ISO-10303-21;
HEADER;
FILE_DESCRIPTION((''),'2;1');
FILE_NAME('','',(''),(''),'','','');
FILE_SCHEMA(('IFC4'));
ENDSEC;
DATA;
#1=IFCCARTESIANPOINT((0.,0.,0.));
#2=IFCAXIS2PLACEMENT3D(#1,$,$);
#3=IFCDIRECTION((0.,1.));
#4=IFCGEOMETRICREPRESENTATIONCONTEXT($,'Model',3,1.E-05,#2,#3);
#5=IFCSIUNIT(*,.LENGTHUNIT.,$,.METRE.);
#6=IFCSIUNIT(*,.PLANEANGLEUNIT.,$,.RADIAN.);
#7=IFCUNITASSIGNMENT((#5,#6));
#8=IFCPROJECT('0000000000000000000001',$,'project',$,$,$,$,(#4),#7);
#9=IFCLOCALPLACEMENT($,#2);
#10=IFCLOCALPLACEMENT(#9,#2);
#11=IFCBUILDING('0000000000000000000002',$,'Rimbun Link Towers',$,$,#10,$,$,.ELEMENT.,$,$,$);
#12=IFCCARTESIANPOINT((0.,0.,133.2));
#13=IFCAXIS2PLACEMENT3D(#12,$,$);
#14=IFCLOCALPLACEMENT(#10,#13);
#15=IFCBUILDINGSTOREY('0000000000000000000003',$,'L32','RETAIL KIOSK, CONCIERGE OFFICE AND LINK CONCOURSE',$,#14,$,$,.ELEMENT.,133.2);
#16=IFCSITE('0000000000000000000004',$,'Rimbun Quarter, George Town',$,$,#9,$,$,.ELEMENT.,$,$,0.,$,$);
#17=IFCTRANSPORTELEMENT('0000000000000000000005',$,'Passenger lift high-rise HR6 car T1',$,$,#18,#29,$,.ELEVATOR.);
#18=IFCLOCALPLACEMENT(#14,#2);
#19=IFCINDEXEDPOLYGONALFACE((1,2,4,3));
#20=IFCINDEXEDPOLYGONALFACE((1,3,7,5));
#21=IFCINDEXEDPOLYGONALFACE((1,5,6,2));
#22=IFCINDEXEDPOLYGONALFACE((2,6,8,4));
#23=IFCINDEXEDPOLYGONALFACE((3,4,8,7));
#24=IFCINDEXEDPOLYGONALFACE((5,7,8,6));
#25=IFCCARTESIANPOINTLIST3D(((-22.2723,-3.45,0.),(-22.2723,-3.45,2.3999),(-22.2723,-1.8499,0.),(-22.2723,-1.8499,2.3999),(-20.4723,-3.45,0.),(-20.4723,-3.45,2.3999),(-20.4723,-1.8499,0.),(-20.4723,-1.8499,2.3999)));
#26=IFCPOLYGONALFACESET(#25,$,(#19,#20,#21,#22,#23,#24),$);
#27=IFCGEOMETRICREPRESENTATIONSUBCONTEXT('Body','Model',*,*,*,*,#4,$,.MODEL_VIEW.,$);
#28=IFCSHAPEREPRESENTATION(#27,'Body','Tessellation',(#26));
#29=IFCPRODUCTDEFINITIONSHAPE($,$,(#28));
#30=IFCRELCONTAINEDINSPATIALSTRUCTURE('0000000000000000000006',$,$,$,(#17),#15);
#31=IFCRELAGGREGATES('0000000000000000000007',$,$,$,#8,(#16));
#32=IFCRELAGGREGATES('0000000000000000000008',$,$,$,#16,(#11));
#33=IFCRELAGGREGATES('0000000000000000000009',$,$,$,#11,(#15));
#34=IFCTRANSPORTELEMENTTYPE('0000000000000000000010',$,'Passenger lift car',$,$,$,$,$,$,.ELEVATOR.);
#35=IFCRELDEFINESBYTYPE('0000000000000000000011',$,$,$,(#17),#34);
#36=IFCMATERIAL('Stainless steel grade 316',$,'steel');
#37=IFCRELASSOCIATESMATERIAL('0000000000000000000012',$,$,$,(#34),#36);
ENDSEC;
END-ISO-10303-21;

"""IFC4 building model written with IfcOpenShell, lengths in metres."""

from ifc_helpers import new_model, si_unit, direction, frame, origin, origin_2d, place, context, subcontext, project, spatial, rectangle, extrude, material, type_object, element, save


model = new_model("IFC4")

# Units and contexts
model_context = context("Model", 3, precision=1e-05, world=origin(), true_north=direction((0.0, 1.0)))
body_context = subcontext(model_context, "Body", "Model", "MODEL_VIEW")
ifc_project = project(units=[si_unit("LENGTHUNIT", "METRE"), si_unit("PLANEANGLEUNIT", "RADIAN")], contexts=[model_context])

# Site, building, storey
site_placement = place(None, origin())
site = spatial("IfcSite", under=ifc_project, at=site_placement, Name="Rimbun Quarter, George Town", CompositionType="ELEMENT", RefElevation=0.0)
building_placement = place(site_placement, origin())
building = spatial("IfcBuilding", under=site, at=building_placement, Name="Rimbun Link Towers", CompositionType="ELEMENT")
storey_placement = place(building_placement, frame((0.0, 0.0, 133.2)))
storey = spatial("IfcBuildingStorey", under=building, at=storey_placement, Name="L32", Description="RETAIL KIOSK, CONCIERGE OFFICE AND LINK CONCOURSE", CompositionType="ELEMENT", Elevation=133.2)

# Transport element
ifc_material_1 = material(Name="Stainless steel grade 316", Category="steel")
transport_element_type = type_object("IfcTransportElementType", Name="Passenger lift car", PredefinedType="ELEVATOR", material=ifc_material_1)
for number, where, z_axis, x_axis, name in (
    (1, (-21.3723, -2.6499, 0.0), (0.0, 0.0, 1.0), (1.0, 0.0, 0.0), "Passenger lift high-rise HR6 car T1"),
):
    element("IfcTransportElement", number, at=place(storey_placement, frame(where, z_axis=z_axis, x_axis=x_axis)), inside=storey, type_object=transport_element_type, Name=name, PredefinedType="ELEVATOR", context=body_context, shape_type="SweptSolid", body=[
        extrude(rectangle(XDim=1.8, YDim=1.6001, at=origin_2d()), origin(), (0.0, 0.0, 1.0), 2.3999),
    ])

save(model, "model.ifc")
